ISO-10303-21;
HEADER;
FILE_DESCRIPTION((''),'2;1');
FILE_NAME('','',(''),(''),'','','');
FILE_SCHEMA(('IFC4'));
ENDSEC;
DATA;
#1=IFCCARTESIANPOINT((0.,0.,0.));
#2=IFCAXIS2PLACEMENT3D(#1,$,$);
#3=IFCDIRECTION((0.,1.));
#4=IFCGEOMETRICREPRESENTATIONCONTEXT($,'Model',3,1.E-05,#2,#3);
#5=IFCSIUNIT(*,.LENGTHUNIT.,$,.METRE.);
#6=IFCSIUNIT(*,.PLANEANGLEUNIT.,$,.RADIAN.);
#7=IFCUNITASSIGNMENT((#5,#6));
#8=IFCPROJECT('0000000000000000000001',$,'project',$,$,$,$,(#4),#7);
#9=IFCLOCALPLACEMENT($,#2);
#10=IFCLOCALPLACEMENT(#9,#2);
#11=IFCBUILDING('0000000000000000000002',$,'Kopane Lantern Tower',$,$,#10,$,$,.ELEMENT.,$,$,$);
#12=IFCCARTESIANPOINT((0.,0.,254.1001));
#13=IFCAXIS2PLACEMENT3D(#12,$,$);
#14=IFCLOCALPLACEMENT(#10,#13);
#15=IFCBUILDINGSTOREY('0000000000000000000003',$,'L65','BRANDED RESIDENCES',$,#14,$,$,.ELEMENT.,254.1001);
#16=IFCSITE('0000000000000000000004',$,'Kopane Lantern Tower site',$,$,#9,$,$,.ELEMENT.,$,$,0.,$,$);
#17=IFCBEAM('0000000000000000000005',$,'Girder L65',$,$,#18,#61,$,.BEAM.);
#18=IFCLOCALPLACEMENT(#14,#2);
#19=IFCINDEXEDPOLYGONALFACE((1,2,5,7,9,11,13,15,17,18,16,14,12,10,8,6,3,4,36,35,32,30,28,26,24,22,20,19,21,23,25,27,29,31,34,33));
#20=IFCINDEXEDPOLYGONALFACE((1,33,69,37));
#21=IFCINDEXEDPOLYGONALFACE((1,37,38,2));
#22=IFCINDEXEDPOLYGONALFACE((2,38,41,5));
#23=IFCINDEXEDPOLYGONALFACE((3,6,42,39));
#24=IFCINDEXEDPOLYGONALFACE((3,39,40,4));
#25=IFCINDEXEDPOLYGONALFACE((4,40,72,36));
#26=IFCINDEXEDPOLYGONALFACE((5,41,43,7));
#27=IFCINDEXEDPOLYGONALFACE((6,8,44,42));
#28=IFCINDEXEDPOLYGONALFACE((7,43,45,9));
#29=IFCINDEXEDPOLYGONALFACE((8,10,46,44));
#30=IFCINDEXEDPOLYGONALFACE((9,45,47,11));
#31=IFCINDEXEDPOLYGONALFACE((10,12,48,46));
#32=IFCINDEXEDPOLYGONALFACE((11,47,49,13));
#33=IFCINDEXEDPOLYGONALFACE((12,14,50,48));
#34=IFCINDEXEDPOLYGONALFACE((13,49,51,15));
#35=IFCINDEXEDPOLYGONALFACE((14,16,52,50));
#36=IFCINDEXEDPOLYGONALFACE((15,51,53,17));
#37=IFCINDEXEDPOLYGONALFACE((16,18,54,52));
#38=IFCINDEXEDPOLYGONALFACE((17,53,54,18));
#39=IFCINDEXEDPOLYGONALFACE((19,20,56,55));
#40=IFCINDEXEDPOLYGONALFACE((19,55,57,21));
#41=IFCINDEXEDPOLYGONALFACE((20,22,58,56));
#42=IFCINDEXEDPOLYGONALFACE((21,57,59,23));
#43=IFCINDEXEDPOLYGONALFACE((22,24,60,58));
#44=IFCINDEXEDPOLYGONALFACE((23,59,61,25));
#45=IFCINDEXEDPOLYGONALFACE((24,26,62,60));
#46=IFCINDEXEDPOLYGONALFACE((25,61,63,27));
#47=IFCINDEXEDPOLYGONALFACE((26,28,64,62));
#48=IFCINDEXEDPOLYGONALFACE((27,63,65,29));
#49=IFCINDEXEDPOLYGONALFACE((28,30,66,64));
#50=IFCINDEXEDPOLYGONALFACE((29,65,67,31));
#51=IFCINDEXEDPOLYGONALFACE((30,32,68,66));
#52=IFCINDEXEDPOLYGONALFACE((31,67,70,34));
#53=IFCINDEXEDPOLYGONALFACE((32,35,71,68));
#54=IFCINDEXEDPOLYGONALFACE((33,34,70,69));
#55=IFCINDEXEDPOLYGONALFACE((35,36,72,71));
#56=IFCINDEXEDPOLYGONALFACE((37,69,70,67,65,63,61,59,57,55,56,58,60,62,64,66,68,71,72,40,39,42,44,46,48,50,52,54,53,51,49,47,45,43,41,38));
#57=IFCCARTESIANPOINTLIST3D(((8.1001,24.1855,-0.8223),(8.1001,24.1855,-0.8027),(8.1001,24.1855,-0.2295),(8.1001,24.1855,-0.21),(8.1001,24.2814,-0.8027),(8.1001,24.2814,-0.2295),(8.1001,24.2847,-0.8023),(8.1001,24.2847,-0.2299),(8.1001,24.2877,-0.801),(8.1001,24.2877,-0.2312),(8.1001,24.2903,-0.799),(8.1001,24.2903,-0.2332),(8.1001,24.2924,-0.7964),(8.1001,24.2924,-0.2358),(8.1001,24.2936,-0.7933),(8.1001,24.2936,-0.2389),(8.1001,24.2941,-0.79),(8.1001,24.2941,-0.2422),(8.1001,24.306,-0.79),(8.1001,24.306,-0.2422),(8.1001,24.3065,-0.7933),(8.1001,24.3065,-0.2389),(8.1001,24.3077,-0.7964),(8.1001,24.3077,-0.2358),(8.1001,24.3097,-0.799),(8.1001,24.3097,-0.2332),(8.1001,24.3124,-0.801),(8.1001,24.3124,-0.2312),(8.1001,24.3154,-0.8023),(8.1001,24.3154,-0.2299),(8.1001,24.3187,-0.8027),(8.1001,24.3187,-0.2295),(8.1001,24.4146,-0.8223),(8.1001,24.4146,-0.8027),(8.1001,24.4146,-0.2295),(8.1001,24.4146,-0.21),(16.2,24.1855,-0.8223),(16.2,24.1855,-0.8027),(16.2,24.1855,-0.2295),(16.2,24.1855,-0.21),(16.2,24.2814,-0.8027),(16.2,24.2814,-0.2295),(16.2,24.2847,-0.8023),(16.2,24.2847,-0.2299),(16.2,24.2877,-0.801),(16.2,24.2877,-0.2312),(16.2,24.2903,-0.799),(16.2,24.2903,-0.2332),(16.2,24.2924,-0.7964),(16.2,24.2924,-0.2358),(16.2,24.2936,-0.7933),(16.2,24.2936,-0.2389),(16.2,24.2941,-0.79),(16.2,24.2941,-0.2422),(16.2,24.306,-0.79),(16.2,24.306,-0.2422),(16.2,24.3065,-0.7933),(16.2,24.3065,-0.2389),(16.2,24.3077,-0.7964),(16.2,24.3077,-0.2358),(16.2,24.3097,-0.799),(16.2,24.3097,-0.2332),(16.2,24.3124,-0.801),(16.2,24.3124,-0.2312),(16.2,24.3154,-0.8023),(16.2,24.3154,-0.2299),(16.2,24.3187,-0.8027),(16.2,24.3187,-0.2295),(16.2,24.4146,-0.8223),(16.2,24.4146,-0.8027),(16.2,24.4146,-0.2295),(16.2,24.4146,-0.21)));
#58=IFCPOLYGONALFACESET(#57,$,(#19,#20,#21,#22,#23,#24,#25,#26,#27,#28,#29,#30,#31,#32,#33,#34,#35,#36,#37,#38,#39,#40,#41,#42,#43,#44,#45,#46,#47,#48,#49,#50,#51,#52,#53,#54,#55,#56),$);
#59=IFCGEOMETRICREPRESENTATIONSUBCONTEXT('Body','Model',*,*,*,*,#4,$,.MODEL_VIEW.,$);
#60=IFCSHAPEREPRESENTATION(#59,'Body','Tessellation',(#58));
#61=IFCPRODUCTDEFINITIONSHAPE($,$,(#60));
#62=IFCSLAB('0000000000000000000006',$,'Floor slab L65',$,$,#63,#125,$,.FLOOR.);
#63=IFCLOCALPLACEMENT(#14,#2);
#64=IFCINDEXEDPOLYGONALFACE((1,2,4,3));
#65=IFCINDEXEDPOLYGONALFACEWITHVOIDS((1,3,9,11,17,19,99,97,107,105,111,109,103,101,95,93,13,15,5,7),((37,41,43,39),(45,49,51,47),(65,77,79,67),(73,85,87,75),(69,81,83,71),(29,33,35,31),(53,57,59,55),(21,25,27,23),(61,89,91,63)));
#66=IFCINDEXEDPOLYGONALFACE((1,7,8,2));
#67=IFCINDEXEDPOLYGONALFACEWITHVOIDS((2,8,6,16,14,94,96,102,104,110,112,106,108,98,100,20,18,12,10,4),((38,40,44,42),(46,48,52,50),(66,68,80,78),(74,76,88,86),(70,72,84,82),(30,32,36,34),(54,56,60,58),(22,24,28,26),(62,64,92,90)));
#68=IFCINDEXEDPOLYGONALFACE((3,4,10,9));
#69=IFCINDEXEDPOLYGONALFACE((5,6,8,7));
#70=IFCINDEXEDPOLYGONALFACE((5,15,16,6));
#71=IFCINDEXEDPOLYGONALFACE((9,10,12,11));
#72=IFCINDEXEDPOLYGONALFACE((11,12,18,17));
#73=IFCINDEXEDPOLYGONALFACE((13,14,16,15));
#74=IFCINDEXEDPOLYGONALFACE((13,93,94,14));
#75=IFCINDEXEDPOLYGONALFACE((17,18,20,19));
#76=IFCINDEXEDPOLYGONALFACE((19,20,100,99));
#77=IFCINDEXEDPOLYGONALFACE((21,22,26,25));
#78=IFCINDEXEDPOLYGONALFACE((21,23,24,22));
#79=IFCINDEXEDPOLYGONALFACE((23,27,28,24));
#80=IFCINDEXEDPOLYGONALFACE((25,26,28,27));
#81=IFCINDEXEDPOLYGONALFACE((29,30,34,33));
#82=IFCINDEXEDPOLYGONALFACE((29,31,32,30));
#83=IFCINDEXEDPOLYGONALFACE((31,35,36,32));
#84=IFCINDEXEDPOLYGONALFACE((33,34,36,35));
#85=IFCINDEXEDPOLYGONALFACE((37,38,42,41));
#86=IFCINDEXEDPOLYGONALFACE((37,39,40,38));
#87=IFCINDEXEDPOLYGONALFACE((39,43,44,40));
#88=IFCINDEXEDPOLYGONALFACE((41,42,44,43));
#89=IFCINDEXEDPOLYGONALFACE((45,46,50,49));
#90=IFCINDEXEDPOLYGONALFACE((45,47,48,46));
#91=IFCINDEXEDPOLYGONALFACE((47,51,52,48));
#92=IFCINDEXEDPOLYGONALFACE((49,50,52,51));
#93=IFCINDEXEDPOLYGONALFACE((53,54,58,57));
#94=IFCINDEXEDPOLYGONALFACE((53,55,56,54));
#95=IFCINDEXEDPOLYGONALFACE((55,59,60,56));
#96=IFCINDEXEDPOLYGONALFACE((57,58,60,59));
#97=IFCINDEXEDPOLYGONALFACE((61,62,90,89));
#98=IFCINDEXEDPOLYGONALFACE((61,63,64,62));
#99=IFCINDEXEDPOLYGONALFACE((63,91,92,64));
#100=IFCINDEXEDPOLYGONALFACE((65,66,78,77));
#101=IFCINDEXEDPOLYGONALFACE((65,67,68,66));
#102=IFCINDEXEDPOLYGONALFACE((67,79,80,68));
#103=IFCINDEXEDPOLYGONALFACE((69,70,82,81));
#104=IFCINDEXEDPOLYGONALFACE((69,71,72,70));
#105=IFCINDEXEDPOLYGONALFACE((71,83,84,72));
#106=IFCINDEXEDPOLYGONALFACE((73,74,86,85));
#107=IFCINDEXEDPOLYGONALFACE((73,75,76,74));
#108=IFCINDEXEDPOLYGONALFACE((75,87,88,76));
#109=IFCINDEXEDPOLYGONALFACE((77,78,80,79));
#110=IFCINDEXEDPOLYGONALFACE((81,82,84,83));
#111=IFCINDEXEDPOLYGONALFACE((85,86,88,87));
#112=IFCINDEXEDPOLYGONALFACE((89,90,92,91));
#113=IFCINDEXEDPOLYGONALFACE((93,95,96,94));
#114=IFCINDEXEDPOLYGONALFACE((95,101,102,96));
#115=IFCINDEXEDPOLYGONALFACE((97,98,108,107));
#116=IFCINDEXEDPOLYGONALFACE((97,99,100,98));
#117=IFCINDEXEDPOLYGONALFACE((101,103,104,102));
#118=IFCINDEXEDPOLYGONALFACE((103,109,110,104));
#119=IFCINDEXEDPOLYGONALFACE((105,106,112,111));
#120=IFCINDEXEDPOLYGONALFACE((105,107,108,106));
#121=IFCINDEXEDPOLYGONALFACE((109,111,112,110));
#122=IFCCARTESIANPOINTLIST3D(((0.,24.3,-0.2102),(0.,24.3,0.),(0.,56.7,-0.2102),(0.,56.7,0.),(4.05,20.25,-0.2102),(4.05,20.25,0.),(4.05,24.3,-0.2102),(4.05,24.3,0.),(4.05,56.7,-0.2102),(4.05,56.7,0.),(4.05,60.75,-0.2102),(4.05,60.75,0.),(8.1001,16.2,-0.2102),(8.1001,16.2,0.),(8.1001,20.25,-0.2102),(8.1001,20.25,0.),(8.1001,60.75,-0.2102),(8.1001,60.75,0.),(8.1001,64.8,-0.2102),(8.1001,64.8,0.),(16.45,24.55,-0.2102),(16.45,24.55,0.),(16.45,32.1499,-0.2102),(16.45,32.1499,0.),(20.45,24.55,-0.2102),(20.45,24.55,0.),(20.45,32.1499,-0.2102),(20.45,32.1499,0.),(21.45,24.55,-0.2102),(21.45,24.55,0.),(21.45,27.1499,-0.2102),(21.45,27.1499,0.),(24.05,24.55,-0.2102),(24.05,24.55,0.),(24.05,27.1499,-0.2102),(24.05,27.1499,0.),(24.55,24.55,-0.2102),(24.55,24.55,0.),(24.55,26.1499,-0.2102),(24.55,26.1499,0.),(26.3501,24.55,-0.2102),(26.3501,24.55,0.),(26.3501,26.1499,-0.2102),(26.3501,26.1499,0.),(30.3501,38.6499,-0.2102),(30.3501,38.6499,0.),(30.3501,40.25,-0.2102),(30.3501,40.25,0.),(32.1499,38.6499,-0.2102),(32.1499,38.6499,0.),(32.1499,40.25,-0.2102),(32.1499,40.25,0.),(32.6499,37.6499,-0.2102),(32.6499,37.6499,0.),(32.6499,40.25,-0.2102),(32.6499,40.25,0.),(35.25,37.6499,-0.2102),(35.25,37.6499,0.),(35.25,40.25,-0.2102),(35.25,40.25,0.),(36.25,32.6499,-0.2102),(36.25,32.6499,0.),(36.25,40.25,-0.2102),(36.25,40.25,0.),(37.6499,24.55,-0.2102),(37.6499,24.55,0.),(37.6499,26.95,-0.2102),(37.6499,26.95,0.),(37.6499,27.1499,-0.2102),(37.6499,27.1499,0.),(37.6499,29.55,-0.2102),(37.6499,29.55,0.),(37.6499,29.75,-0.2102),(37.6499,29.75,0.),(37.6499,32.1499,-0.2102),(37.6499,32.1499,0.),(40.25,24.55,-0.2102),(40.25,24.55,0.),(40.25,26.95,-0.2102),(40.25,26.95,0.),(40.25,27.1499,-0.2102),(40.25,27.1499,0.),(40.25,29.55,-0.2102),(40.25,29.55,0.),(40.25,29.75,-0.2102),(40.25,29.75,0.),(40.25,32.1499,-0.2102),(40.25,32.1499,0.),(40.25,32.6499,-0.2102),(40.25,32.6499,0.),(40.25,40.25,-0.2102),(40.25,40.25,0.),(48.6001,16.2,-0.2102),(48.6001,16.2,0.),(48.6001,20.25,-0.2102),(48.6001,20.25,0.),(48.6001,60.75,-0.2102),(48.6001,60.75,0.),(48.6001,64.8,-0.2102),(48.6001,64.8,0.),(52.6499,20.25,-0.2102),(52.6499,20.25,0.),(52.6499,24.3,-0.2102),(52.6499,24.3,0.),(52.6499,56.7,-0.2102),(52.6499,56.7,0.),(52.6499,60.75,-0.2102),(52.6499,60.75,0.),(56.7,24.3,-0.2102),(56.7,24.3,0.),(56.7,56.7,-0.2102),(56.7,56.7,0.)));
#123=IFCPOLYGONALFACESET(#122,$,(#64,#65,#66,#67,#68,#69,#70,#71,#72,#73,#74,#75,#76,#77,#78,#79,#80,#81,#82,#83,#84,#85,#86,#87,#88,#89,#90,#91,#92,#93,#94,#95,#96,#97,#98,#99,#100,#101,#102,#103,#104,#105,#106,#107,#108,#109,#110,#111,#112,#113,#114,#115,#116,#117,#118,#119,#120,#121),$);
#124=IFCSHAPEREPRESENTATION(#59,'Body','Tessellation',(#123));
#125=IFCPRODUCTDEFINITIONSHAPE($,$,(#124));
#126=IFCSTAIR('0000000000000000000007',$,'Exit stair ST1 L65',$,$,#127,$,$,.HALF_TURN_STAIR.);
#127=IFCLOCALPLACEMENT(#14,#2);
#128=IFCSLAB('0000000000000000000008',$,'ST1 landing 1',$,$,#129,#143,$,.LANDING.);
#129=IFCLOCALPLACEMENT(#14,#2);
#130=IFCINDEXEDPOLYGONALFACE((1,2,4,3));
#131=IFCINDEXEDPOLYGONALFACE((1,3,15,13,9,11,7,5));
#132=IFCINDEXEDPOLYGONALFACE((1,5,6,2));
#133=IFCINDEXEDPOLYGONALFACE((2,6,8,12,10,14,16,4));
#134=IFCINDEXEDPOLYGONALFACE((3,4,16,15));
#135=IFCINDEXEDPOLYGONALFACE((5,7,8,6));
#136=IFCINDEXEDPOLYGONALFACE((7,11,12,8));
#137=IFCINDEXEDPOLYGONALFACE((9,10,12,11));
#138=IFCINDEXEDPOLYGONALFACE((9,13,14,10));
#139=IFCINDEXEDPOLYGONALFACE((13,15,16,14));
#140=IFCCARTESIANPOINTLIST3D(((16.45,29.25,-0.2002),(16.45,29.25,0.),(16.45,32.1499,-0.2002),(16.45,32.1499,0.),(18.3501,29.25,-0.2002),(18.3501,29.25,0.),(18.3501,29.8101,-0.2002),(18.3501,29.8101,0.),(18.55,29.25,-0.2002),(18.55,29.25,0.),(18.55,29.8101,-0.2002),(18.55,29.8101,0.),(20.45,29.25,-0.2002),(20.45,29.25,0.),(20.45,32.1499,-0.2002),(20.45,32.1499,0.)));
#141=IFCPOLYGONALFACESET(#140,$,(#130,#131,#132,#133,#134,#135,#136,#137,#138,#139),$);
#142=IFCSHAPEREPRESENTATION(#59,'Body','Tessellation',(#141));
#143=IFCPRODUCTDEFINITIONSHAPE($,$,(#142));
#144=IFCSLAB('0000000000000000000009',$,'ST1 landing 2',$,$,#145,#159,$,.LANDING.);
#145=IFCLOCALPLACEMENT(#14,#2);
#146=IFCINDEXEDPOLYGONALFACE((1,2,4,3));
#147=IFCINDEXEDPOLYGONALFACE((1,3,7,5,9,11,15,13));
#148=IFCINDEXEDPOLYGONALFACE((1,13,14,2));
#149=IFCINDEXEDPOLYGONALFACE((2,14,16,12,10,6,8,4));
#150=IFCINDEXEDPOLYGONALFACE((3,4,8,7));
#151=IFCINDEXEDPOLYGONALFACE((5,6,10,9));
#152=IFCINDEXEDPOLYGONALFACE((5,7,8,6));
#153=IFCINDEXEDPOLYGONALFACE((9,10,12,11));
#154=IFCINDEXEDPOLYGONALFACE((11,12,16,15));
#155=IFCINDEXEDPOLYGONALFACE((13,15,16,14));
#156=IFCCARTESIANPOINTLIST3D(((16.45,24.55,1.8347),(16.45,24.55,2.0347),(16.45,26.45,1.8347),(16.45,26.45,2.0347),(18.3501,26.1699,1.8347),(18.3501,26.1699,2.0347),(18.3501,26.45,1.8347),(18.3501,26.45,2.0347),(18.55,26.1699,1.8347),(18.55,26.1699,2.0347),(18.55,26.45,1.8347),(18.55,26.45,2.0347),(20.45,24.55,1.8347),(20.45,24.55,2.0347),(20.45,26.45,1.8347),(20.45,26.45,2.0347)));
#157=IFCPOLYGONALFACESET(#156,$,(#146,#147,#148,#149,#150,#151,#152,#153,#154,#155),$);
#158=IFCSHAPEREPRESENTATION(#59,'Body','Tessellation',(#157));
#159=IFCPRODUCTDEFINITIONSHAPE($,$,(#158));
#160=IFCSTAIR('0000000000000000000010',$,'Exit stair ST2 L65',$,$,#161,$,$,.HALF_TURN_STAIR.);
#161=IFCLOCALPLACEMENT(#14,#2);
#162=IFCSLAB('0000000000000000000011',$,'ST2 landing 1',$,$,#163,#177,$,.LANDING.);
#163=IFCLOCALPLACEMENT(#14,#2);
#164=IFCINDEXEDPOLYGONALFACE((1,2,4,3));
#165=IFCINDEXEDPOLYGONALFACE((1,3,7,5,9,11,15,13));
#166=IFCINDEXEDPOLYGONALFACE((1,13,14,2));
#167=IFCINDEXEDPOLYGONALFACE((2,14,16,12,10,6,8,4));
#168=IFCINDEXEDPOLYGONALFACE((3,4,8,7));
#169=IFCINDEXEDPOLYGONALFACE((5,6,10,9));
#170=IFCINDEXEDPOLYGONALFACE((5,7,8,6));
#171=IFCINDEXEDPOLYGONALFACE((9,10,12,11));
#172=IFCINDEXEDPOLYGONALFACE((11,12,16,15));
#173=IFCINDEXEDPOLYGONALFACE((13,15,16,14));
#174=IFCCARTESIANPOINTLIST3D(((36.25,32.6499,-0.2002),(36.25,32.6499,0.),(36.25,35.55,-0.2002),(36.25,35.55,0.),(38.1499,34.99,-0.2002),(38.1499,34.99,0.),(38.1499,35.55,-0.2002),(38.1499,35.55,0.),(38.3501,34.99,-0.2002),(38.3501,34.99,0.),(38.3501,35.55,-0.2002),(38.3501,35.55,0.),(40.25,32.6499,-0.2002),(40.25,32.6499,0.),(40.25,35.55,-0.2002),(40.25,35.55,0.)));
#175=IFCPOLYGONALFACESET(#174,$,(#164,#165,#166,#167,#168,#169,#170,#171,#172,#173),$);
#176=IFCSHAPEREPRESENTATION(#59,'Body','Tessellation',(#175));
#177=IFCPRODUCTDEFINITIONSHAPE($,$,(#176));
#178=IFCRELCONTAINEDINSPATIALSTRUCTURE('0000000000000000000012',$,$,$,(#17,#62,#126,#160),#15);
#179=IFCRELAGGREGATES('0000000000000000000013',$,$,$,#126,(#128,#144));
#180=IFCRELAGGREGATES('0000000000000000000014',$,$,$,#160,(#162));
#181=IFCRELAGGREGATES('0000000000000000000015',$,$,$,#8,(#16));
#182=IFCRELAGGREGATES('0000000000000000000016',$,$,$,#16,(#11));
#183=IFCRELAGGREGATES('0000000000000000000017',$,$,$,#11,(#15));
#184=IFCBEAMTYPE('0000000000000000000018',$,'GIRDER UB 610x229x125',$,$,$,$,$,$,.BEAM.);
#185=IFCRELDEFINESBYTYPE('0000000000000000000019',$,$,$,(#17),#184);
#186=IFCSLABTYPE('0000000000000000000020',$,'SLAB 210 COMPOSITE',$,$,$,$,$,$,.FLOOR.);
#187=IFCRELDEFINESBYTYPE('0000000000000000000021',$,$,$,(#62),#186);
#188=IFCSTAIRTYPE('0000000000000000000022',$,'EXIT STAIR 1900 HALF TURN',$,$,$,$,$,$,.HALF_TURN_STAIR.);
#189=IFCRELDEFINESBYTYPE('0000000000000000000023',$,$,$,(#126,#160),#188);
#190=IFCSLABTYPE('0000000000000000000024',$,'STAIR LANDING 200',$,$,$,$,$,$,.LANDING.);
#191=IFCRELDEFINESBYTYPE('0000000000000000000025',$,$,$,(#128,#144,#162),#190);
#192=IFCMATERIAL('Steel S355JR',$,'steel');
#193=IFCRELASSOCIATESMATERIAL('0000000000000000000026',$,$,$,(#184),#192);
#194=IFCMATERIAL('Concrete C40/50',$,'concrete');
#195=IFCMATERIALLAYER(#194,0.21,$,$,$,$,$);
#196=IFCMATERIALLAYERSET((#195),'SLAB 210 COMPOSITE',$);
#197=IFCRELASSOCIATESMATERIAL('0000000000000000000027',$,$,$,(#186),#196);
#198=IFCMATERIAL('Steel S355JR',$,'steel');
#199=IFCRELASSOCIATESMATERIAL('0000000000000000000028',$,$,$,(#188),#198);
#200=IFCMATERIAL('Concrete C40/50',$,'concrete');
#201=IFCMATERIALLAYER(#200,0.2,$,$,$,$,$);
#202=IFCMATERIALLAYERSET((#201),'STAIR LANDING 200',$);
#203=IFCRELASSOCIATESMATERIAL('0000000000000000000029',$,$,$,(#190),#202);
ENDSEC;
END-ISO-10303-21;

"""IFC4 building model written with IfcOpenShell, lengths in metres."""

from ifc_helpers import new_model, si_unit, direction, frame, origin, origin_2d, place, context, subcontext, project, spatial, polyline, i_section, outline, extrude, material, layer, layer_set, material_profile, profile_set, type_object, element, aggregate, save


model = new_model("IFC4")

# Units and contexts
model_context = context("Model", 3, precision=1e-05, world=origin(), true_north=direction((0.0, 1.0)))
body_context = subcontext(model_context, "Body", "Model", "MODEL_VIEW")
ifc_project = project(units=[si_unit("LENGTHUNIT", "METRE"), si_unit("PLANEANGLEUNIT", "RADIAN")], contexts=[model_context])

# Site, building, storey
site_placement = place(None, origin())
site = spatial("IfcSite", under=ifc_project, at=site_placement, Name="Kopane Lantern Tower site", CompositionType="ELEMENT", RefElevation=0.0)
building_placement = place(site_placement, origin())
building = spatial("IfcBuilding", under=site, at=building_placement, Name="Kopane Lantern Tower", CompositionType="ELEMENT")
storey_placement = place(building_placement, frame((0.0, 0.0, 254.1001)))
storey = spatial("IfcBuildingStorey", under=building, at=storey_placement, Name="L65", Description="BRANDED RESIDENCES", CompositionType="ELEMENT", Elevation=254.1001)

# Beam
ifc_material_1 = material(Name="Steel S355JR", Category="steel")
ifc_material_profile_1 = material_profile(ifc_material_1, i_section(OverallWidth=0.229, OverallDepth=0.6123, WebThickness=0.012, FlangeThickness=0.0195, FilletRadius=0.0127, at=origin_2d()), Name="UB 610x229x125")
ifc_profile_set_1 = profile_set([ifc_material_profile_1], Name="Steel S355JR")
beam_type_1 = type_object("IfcBeamType", Name="GIRDER UB 610x229x125", PredefinedType="BEAM", material=ifc_profile_set_1)
for number, where, z_axis, x_axis, name in (
    (1, (8.1001, 24.3, -0.5161), (1.0, 0.0, 0.0), (0.0, 1.0, 0.0), "Girder L65"),
):
    element("IfcBeam", number, at=place(storey_placement, frame(where, z_axis=z_axis, x_axis=x_axis)), inside=storey, type_object=beam_type_1, Name=name, PredefinedType="BEAM", context=body_context, shape_type="SweptSolid", body=[
        extrude(i_section(OverallWidth=0.229, OverallDepth=0.6123, WebThickness=0.012, FlangeThickness=0.0195, FilletRadius=0.0127, at=origin_2d()), origin(), (0.0, 0.0, 1.0), 8.0999),
    ])

# Slab
ifc_material_2 = material(Name="Concrete C40/50", Category="concrete")
ifc_layer_1 = layer(ifc_material_2, 0.21)
ifc_layer_set_1 = layer_set([ifc_layer_1], Name="SLAB 210 COMPOSITE")
slab_type_1 = type_object("IfcSlabType", Name="SLAB 210 COMPOSITE", PredefinedType="FLOOR", material=ifc_layer_set_1)
slab_1_placement = place(storey_placement, frame((0.0, 0.0, -0.2102)))
element("IfcSlab", 2, at=slab_1_placement, inside=storey, type_object=slab_type_1, Name="Floor slab L65", PredefinedType="FLOOR", context=body_context, shape_type="SweptSolid", body=[
    extrude(outline(polyline([(8.1001, 16.2), (48.6001, 16.2), (48.6001, 20.25), (52.6499, 20.25), (52.6499, 24.3), (56.7, 24.3), (56.7, 56.7), (52.6499, 56.7), (52.6499, 60.75), (48.6001, 60.75), (48.6001, 64.8), (8.1001, 64.8), (8.1001, 60.75), (4.05, 60.75), (4.05, 56.7), (0.0, 56.7), (0.0, 24.3), (4.05, 24.3), (4.05, 20.25), (8.1001, 20.25), (8.1001, 16.2)]), holes=[polyline([(16.45, 24.55), (20.45, 24.55), (20.45, 32.1499), (16.45, 32.1499), (16.45, 24.55)]), polyline([(36.25, 32.6499), (40.25, 32.6499), (40.25, 40.25), (36.25, 40.25), (36.25, 32.6499)]), polyline([(37.6499, 24.55), (40.25, 24.55), (40.25, 26.95), (37.6499, 26.95), (37.6499, 24.55)]), polyline([(37.6499, 27.1499), (40.25, 27.1499), (40.25, 29.55), (37.6499, 29.55), (37.6499, 27.1499)]), polyline([(37.6499, 29.75), (40.25, 29.75), (40.25, 32.1499), (37.6499, 32.1499), (37.6499, 29.75)]), polyline([(21.45, 24.55), (24.05, 24.55), (24.05, 27.1499), (21.45, 27.1499), (21.45, 24.55)]), polyline([(32.6499, 37.6499), (35.25, 37.6499), (35.25, 40.25), (32.6499, 40.25), (32.6499, 37.6499)]), polyline([(24.55, 24.55), (26.3501, 24.55), (26.3501, 26.1499), (24.55, 26.1499), (24.55, 24.55)]), polyline([(30.3501, 38.6499), (32.1499, 38.6499), (32.1499, 40.25), (30.3501, 40.25), (30.3501, 38.6499)])]), origin(), (0.0, 0.0, 1.0), 0.2102),
])

# Stairs, slabs
ifc_material_3 = material(Name="Steel S355JR", Category="steel")
stair_type = type_object("IfcStairType", Name="EXIT STAIR 1900 HALF TURN", PredefinedType="HALF_TURN_STAIR", material=ifc_material_3)
stair_1_placement = place(storey_placement, origin())
stair_1 = element("IfcStair", 3, at=stair_1_placement, inside=storey, type_object=stair_type, Name="Exit stair ST1 L65", PredefinedType="HALF_TURN_STAIR")
ifc_material_4 = material(Name="Concrete C40/50", Category="concrete")
ifc_layer_2 = layer(ifc_material_4, 0.2)
ifc_layer_set_2 = layer_set([ifc_layer_2], Name="STAIR LANDING 200")
slab_type_2 = type_object("IfcSlabType", Name="STAIR LANDING 200", PredefinedType="LANDING", material=ifc_layer_set_2)
slab_2_placement = place(storey_placement, frame((0.0, 0.0, -0.2002)))
slab_2 = element("IfcSlab", 4, at=slab_2_placement, type_object=slab_type_2, Name="ST1 landing 1", PredefinedType="LANDING", context=body_context, shape_type="SweptSolid", body=[
    extrude(outline(polyline([(18.3501, 29.8101), (18.55, 29.8101), (18.55, 29.25), (20.45, 29.25), (20.45, 32.1499), (16.45, 32.1499), (16.45, 29.25), (18.3501, 29.25), (18.3501, 29.8101)])), origin(), (0.0, 0.0, 1.0), 0.2002),
])
slab_3_placement = place(storey_placement, frame((0.0, 0.0, 1.8347)))
slab_3 = element("IfcSlab", 5, at=slab_3_placement, type_object=slab_type_2, Name="ST1 landing 2", PredefinedType="LANDING", context=body_context, shape_type="SweptSolid", body=[
    extrude(outline(polyline([(20.45, 26.45), (18.55, 26.45), (18.55, 26.1699), (18.3501, 26.1699), (18.3501, 26.45), (16.45, 26.45), (16.45, 24.55), (20.45, 24.55), (20.45, 26.45)])), origin(), (0.0, 0.0, 1.0), 0.2),
])
aggregate(stair_1, [slab_2, slab_3])
stair_2_placement = place(storey_placement, origin())
stair_2 = element("IfcStair", 6, at=stair_2_placement, inside=storey, type_object=stair_type, Name="Exit stair ST2 L65", PredefinedType="HALF_TURN_STAIR")
slab_4_placement = place(storey_placement, frame((0.0, 0.0, -0.2002)))
slab_4 = element("IfcSlab", 7, at=slab_4_placement, type_object=slab_type_2, Name="ST2 landing 1", PredefinedType="LANDING", context=body_context, shape_type="SweptSolid", body=[
    extrude(outline(polyline([(40.25, 35.55), (38.3501, 35.55), (38.3501, 34.99), (38.1499, 34.99), (38.1499, 35.55), (36.25, 35.55), (36.25, 32.6499), (40.25, 32.6499), (40.25, 35.55)])), origin(), (0.0, 0.0, 1.0), 0.2002),
])
aggregate(stair_2, [slab_4])

save(model, "model.ifc")
